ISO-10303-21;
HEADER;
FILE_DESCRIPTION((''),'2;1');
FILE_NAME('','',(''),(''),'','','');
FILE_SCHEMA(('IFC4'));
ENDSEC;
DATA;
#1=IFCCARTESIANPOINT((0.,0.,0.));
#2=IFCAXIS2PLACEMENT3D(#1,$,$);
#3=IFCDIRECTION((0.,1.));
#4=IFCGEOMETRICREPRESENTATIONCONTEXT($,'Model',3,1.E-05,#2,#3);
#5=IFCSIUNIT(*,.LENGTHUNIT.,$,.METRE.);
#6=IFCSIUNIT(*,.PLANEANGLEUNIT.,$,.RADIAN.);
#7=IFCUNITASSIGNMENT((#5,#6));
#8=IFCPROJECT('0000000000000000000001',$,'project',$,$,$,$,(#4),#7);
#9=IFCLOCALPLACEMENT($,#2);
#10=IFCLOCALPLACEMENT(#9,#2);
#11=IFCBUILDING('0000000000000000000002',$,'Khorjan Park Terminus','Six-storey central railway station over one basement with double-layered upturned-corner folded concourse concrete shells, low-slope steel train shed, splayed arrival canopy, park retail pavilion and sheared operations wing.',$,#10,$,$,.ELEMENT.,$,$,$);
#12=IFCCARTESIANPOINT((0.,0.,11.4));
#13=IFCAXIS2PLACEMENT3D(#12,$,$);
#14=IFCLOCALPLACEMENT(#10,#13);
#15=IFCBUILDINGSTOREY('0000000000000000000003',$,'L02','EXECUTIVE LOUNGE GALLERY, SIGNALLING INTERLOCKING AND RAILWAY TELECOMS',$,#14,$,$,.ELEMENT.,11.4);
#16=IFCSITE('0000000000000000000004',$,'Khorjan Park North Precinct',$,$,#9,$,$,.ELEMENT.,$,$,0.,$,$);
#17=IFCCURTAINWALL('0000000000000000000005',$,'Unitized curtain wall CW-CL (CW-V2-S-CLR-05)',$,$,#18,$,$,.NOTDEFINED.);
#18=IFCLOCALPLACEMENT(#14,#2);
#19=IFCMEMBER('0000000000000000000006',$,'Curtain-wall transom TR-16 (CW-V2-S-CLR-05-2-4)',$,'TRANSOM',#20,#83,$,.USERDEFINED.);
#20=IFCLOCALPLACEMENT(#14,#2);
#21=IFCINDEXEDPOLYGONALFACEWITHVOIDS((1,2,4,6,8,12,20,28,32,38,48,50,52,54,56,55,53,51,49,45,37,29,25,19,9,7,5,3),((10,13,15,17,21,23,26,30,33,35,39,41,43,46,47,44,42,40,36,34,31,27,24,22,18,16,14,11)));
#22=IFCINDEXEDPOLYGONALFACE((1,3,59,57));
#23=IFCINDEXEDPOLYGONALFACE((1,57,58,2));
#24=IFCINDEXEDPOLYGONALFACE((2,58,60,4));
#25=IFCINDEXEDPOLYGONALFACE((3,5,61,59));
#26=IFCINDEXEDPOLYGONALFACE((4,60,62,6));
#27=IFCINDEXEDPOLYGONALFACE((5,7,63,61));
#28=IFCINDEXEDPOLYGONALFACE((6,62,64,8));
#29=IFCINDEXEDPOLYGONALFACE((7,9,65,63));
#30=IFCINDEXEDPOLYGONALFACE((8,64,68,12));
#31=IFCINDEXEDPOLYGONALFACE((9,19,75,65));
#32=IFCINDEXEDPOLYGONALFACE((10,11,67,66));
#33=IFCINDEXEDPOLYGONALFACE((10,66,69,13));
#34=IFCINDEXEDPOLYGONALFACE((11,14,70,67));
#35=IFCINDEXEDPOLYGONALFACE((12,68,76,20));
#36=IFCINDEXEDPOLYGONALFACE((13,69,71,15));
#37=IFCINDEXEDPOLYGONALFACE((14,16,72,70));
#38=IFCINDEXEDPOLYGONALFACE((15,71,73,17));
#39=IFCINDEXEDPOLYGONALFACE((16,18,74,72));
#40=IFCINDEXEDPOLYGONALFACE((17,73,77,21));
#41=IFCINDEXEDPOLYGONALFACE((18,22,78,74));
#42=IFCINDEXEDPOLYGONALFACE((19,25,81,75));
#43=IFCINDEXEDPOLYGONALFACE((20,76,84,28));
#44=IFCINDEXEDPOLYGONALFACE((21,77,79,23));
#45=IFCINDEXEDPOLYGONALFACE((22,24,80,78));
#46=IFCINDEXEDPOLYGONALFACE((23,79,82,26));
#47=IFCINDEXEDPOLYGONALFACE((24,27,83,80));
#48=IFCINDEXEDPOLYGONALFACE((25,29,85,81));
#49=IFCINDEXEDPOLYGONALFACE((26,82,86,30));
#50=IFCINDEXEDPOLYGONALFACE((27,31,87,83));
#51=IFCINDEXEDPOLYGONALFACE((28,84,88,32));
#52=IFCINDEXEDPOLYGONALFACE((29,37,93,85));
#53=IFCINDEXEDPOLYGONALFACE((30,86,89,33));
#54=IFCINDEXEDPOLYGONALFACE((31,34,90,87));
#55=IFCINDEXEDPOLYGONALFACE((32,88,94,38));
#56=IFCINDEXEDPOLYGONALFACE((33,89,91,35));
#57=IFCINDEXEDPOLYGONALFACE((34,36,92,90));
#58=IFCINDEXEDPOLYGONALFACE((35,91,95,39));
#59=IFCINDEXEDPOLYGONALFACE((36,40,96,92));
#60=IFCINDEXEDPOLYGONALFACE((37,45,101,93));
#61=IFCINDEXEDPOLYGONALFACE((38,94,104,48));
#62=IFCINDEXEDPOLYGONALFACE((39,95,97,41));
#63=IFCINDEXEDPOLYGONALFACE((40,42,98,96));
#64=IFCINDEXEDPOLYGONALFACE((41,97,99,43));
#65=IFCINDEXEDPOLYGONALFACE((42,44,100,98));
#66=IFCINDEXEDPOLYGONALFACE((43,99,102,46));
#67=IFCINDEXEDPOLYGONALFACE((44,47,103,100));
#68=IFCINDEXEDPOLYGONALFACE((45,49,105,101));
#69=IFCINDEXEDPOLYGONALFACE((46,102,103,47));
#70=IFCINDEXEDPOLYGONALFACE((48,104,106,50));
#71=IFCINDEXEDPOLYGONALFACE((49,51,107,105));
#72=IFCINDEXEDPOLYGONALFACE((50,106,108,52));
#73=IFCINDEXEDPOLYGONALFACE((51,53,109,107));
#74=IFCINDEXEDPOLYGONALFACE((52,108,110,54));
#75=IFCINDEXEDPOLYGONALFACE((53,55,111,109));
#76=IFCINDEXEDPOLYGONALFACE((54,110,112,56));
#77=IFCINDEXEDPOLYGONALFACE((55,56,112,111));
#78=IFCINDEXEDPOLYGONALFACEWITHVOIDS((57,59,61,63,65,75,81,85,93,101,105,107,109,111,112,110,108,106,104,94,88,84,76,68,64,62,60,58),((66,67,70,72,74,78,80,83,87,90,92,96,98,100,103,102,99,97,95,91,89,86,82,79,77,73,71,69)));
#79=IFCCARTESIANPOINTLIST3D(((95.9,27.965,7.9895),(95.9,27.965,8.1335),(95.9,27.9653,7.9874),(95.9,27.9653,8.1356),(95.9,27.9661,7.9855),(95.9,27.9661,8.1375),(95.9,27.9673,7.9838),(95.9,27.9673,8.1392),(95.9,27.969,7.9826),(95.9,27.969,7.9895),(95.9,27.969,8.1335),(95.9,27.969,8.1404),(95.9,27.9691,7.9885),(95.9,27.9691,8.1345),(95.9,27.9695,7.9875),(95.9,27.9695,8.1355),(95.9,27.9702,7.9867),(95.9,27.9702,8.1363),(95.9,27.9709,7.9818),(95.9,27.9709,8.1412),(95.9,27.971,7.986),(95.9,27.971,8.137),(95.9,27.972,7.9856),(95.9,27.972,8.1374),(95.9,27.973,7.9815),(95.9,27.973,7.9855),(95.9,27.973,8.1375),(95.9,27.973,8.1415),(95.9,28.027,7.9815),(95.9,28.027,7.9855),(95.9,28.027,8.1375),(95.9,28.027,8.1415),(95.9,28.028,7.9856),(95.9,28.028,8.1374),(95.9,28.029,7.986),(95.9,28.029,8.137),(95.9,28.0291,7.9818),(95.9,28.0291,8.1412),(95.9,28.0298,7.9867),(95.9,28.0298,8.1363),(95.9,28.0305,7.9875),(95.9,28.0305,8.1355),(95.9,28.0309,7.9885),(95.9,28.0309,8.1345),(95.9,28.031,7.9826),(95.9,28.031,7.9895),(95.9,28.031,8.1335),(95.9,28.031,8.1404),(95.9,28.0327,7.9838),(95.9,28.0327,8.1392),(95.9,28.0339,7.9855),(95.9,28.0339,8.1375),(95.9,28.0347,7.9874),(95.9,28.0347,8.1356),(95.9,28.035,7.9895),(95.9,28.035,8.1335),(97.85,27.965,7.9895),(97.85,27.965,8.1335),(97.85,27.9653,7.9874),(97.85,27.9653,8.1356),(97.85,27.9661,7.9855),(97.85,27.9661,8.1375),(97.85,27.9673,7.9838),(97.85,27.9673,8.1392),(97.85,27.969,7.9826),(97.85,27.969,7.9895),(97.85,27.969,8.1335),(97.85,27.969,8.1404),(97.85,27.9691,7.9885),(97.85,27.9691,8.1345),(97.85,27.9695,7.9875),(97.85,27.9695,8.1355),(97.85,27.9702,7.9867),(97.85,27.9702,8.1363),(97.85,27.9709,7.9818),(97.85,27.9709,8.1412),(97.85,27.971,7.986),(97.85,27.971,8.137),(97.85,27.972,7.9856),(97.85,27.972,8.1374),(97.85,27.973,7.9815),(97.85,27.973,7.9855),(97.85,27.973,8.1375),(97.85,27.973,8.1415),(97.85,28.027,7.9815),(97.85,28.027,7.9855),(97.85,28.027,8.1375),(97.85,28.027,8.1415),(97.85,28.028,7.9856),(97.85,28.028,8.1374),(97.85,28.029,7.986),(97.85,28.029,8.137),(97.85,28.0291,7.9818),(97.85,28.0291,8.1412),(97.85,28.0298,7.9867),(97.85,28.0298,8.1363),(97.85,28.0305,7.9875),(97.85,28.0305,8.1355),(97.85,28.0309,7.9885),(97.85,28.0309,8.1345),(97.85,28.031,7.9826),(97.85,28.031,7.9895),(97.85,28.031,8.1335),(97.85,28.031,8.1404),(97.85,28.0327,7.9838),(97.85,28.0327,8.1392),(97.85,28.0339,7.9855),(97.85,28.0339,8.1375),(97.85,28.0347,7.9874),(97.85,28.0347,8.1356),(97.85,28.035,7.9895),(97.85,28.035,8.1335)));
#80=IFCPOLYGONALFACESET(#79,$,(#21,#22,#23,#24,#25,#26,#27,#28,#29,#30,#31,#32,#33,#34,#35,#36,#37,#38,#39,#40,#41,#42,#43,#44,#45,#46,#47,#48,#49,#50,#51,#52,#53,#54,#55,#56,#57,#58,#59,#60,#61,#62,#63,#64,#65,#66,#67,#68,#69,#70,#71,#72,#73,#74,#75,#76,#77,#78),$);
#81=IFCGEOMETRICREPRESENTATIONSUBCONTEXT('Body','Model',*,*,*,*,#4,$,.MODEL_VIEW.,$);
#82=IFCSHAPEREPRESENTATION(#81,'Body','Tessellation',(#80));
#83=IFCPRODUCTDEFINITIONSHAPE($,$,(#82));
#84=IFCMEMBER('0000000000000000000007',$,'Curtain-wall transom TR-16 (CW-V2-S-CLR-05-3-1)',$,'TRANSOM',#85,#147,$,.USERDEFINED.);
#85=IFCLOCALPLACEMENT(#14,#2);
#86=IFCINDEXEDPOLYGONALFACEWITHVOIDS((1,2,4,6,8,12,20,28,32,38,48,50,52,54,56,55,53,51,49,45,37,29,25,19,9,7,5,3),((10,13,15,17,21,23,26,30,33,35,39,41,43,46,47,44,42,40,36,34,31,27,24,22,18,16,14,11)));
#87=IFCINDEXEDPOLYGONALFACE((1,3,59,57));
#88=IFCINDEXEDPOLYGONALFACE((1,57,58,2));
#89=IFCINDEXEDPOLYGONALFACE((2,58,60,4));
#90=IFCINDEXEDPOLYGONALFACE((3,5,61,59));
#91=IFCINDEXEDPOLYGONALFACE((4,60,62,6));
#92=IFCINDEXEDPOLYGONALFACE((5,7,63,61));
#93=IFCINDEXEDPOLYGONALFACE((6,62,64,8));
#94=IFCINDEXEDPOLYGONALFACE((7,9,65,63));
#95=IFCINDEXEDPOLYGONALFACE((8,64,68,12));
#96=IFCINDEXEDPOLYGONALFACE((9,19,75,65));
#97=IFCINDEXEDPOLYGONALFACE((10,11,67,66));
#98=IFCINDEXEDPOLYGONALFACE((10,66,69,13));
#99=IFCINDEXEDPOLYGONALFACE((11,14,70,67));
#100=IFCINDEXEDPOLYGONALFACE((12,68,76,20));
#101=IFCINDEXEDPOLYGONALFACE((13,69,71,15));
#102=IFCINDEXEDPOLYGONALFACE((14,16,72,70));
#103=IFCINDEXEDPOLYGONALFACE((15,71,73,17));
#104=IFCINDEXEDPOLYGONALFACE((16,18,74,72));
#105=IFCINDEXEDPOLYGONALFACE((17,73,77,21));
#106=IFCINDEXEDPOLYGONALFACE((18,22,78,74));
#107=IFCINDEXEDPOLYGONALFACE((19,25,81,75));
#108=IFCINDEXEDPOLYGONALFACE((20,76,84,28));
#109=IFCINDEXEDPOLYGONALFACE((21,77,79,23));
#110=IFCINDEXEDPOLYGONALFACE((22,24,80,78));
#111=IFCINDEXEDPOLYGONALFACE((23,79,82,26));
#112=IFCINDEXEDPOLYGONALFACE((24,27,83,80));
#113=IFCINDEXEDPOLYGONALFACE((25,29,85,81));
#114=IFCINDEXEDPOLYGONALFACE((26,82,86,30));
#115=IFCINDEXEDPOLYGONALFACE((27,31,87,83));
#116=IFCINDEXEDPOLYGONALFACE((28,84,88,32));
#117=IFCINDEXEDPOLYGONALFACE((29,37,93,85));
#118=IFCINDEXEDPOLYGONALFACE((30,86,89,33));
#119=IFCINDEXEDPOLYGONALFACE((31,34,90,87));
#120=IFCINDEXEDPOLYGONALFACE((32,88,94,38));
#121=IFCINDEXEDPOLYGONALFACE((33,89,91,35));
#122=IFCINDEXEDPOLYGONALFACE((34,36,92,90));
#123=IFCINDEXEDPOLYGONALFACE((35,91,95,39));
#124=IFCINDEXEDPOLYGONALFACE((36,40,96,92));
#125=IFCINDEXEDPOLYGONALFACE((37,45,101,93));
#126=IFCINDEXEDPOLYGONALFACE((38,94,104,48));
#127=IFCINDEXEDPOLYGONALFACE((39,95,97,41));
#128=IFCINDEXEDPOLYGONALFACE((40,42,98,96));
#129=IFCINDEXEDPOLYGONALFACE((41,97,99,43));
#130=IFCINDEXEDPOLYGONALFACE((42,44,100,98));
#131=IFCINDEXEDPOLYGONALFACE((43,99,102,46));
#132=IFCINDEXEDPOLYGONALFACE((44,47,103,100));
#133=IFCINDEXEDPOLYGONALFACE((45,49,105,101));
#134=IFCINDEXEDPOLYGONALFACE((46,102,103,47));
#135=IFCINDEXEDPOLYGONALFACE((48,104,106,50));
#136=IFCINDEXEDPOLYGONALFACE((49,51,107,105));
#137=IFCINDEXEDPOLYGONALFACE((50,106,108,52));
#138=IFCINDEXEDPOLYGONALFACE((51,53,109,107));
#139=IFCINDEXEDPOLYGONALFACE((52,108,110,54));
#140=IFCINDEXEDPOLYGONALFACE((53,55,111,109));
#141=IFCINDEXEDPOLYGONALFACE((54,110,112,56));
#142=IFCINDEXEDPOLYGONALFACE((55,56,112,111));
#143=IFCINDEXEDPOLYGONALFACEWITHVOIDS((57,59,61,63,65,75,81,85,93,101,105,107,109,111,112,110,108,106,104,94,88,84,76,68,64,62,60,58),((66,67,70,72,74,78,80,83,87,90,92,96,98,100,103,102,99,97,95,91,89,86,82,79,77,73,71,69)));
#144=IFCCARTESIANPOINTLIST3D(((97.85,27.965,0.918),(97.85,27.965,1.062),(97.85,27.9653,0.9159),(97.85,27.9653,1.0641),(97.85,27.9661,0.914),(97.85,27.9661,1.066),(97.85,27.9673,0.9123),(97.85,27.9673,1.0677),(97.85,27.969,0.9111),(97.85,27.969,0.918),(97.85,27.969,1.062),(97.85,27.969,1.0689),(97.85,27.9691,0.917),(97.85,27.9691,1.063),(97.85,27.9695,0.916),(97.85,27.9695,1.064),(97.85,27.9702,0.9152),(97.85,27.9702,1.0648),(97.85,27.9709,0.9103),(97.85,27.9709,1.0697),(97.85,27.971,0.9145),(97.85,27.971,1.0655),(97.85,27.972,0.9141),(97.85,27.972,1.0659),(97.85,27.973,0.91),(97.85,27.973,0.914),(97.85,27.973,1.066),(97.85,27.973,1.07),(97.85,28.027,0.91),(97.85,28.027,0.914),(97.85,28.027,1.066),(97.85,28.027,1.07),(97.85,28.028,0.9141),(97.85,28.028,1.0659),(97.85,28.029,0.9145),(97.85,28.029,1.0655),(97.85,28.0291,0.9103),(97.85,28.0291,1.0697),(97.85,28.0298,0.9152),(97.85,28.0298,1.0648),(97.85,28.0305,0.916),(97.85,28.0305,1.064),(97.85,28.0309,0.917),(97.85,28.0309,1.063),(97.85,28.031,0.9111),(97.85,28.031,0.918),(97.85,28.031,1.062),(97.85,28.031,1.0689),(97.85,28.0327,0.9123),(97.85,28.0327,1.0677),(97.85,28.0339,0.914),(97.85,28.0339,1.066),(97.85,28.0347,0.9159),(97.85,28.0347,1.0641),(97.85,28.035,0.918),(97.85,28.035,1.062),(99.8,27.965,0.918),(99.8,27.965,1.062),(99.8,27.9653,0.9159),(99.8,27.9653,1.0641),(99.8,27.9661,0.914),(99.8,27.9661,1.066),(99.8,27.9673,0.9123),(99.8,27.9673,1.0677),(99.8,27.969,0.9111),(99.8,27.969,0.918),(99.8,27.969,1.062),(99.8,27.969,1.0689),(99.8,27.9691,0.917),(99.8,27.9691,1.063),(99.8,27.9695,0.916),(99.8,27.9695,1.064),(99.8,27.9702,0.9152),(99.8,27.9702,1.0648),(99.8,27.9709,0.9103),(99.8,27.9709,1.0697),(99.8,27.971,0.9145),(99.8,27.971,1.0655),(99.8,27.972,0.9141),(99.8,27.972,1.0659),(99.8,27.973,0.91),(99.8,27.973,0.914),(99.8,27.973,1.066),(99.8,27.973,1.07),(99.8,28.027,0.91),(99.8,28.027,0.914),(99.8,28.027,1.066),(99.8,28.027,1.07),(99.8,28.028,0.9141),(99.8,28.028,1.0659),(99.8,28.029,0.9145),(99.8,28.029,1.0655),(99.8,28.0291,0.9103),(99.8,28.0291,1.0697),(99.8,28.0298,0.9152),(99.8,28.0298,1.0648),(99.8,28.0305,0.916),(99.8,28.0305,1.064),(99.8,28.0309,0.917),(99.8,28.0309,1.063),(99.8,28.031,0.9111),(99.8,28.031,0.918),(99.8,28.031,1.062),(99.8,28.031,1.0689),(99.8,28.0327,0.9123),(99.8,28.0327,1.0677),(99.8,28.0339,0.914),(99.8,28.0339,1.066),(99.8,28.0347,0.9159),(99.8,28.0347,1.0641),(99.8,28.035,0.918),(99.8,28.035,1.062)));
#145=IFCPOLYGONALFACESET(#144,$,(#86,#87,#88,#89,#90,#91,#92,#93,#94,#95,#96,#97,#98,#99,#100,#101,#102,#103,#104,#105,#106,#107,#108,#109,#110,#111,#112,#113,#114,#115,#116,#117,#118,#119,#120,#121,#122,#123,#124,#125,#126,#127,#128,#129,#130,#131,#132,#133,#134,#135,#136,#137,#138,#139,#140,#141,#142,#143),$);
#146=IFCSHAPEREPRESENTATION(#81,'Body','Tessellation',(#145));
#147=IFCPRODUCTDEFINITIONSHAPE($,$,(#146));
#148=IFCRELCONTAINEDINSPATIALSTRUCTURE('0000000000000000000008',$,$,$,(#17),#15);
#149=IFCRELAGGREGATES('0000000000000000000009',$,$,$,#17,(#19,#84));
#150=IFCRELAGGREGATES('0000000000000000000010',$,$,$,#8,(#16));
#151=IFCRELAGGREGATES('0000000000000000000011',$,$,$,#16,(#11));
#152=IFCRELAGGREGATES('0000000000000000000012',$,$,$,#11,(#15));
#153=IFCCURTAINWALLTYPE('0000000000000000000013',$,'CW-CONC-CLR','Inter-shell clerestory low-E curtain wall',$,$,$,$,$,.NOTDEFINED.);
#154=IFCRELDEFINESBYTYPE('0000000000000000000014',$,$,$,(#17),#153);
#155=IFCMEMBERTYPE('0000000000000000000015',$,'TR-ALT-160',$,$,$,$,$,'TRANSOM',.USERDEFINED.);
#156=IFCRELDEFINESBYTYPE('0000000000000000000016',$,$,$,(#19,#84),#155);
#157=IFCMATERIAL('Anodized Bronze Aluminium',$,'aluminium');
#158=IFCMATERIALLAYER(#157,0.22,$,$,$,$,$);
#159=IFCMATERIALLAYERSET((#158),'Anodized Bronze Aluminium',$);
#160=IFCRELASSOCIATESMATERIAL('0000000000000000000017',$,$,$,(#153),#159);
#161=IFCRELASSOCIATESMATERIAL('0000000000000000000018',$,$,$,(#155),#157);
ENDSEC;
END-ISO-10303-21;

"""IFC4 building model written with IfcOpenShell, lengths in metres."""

from ifc_helpers import new_model, si_unit, direction, frame, origin, origin_2d, place, context, subcontext, project, spatial, hollow_rectangle, extrude, material, layer, layer_set, material_profile, profile_set, type_object, element, aggregate, save


model = new_model("IFC4")

# Units and contexts
model_context = context("Model", 3, precision=1e-05, world=origin(), true_north=direction((0.0, 1.0)))
body_context = subcontext(model_context, "Body", "Model", "MODEL_VIEW")
ifc_project = project(units=[si_unit("LENGTHUNIT", "METRE"), si_unit("PLANEANGLEUNIT", "RADIAN")], contexts=[model_context])

# Site, building, storey
site_placement = place(None, origin())
site = spatial("IfcSite", under=ifc_project, at=site_placement, Name="Khorjan Park North Precinct", CompositionType="ELEMENT", RefElevation=0.0)
building_placement = place(site_placement, origin())
building = spatial("IfcBuilding", under=site, at=building_placement, Name="Khorjan Park Terminus", Description="Six-storey central railway station over one basement with double-layered upturned-corner folded concourse concrete shells, low-slope steel train shed, splayed arrival canopy, park retail pavilion and sheared operations wing.", CompositionType="ELEMENT")
storey_placement = place(building_placement, frame((0.0, 0.0, 11.4)))
storey = spatial("IfcBuildingStorey", under=building, at=storey_placement, Name="L02", Description="EXECUTIVE LOUNGE GALLERY, SIGNALLING INTERLOCKING AND RAILWAY TELECOMS", CompositionType="ELEMENT", Elevation=11.4)

# Curtain wall
ifc_material_1 = material(Name="Anodized Bronze Aluminium", Category="aluminium")
ifc_layer_1 = layer(ifc_material_1, 0.22)
ifc_layer_set_1 = layer_set([ifc_layer_1], Name="Anodized Bronze Aluminium")
curtain_wall_type = type_object("IfcCurtainWallType", Name="CW-CONC-CLR", Description="Inter-shell clerestory low-E curtain wall", PredefinedType="NOTDEFINED", material=ifc_layer_set_1)
curtain_wall_1_placement = place(storey_placement, origin())
curtain_wall_1 = element("IfcCurtainWall", 1, at=curtain_wall_1_placement, inside=storey, type_object=curtain_wall_type, Name="Unitized curtain wall CW-CL (CW-V2-S-CLR-05)", PredefinedType="NOTDEFINED")

# Members
ifc_material_profile_1 = material_profile(ifc_material_1, hollow_rectangle(XDim=0.07, YDim=0.16, WallThickness=0.004, InnerFilletRadius=0.004, OuterFilletRadius=0.008, at=origin_2d()), Name="ALT 70x160x4")
ifc_profile_set_1 = profile_set([ifc_material_profile_1], Name="Anodized Bronze Aluminium")
member_type_1 = type_object("IfcMemberType", Name="TR-ALT-160", ElementType="TRANSOM", PredefinedType="USERDEFINED", material=ifc_profile_set_1)
member_1_placement = place(storey_placement, frame((95.9, 28.0, 8.0615), z_axis=(1.0, 0.0, 0.0), x_axis=(0.0, 1.0, 0.0)))
member_1 = element("IfcMember", 2, at=member_1_placement, type_object=member_type_1, Name="Curtain-wall transom TR-16 (CW-V2-S-CLR-05-2-4)", ObjectType="TRANSOM", PredefinedType="USERDEFINED", context=body_context, shape_type="SweptSolid", body=[
    extrude(hollow_rectangle(XDim=0.07, YDim=0.16, WallThickness=0.004, InnerFilletRadius=0.004, OuterFilletRadius=0.008, at=origin_2d()), origin(), (0.0, 0.0, 1.0), 1.95),
])
member_2_placement = place(storey_placement, frame((97.85, 28.0, 0.99), z_axis=(1.0, 0.0, 0.0), x_axis=(0.0, 1.0, 0.0)))
member_2 = element("IfcMember", 3, at=member_2_placement, type_object=member_type_1, Name="Curtain-wall transom TR-16 (CW-V2-S-CLR-05-3-1)", ObjectType="TRANSOM", PredefinedType="USERDEFINED", context=body_context, shape_type="SweptSolid", body=[
    extrude(hollow_rectangle(XDim=0.07, YDim=0.16, WallThickness=0.004, InnerFilletRadius=0.004, OuterFilletRadius=0.008, at=origin_2d()), origin(), (0.0, 0.0, 1.0), 1.95),
])

aggregate(curtain_wall_1, [member_1, member_2])

save(model, "model.ifc")
